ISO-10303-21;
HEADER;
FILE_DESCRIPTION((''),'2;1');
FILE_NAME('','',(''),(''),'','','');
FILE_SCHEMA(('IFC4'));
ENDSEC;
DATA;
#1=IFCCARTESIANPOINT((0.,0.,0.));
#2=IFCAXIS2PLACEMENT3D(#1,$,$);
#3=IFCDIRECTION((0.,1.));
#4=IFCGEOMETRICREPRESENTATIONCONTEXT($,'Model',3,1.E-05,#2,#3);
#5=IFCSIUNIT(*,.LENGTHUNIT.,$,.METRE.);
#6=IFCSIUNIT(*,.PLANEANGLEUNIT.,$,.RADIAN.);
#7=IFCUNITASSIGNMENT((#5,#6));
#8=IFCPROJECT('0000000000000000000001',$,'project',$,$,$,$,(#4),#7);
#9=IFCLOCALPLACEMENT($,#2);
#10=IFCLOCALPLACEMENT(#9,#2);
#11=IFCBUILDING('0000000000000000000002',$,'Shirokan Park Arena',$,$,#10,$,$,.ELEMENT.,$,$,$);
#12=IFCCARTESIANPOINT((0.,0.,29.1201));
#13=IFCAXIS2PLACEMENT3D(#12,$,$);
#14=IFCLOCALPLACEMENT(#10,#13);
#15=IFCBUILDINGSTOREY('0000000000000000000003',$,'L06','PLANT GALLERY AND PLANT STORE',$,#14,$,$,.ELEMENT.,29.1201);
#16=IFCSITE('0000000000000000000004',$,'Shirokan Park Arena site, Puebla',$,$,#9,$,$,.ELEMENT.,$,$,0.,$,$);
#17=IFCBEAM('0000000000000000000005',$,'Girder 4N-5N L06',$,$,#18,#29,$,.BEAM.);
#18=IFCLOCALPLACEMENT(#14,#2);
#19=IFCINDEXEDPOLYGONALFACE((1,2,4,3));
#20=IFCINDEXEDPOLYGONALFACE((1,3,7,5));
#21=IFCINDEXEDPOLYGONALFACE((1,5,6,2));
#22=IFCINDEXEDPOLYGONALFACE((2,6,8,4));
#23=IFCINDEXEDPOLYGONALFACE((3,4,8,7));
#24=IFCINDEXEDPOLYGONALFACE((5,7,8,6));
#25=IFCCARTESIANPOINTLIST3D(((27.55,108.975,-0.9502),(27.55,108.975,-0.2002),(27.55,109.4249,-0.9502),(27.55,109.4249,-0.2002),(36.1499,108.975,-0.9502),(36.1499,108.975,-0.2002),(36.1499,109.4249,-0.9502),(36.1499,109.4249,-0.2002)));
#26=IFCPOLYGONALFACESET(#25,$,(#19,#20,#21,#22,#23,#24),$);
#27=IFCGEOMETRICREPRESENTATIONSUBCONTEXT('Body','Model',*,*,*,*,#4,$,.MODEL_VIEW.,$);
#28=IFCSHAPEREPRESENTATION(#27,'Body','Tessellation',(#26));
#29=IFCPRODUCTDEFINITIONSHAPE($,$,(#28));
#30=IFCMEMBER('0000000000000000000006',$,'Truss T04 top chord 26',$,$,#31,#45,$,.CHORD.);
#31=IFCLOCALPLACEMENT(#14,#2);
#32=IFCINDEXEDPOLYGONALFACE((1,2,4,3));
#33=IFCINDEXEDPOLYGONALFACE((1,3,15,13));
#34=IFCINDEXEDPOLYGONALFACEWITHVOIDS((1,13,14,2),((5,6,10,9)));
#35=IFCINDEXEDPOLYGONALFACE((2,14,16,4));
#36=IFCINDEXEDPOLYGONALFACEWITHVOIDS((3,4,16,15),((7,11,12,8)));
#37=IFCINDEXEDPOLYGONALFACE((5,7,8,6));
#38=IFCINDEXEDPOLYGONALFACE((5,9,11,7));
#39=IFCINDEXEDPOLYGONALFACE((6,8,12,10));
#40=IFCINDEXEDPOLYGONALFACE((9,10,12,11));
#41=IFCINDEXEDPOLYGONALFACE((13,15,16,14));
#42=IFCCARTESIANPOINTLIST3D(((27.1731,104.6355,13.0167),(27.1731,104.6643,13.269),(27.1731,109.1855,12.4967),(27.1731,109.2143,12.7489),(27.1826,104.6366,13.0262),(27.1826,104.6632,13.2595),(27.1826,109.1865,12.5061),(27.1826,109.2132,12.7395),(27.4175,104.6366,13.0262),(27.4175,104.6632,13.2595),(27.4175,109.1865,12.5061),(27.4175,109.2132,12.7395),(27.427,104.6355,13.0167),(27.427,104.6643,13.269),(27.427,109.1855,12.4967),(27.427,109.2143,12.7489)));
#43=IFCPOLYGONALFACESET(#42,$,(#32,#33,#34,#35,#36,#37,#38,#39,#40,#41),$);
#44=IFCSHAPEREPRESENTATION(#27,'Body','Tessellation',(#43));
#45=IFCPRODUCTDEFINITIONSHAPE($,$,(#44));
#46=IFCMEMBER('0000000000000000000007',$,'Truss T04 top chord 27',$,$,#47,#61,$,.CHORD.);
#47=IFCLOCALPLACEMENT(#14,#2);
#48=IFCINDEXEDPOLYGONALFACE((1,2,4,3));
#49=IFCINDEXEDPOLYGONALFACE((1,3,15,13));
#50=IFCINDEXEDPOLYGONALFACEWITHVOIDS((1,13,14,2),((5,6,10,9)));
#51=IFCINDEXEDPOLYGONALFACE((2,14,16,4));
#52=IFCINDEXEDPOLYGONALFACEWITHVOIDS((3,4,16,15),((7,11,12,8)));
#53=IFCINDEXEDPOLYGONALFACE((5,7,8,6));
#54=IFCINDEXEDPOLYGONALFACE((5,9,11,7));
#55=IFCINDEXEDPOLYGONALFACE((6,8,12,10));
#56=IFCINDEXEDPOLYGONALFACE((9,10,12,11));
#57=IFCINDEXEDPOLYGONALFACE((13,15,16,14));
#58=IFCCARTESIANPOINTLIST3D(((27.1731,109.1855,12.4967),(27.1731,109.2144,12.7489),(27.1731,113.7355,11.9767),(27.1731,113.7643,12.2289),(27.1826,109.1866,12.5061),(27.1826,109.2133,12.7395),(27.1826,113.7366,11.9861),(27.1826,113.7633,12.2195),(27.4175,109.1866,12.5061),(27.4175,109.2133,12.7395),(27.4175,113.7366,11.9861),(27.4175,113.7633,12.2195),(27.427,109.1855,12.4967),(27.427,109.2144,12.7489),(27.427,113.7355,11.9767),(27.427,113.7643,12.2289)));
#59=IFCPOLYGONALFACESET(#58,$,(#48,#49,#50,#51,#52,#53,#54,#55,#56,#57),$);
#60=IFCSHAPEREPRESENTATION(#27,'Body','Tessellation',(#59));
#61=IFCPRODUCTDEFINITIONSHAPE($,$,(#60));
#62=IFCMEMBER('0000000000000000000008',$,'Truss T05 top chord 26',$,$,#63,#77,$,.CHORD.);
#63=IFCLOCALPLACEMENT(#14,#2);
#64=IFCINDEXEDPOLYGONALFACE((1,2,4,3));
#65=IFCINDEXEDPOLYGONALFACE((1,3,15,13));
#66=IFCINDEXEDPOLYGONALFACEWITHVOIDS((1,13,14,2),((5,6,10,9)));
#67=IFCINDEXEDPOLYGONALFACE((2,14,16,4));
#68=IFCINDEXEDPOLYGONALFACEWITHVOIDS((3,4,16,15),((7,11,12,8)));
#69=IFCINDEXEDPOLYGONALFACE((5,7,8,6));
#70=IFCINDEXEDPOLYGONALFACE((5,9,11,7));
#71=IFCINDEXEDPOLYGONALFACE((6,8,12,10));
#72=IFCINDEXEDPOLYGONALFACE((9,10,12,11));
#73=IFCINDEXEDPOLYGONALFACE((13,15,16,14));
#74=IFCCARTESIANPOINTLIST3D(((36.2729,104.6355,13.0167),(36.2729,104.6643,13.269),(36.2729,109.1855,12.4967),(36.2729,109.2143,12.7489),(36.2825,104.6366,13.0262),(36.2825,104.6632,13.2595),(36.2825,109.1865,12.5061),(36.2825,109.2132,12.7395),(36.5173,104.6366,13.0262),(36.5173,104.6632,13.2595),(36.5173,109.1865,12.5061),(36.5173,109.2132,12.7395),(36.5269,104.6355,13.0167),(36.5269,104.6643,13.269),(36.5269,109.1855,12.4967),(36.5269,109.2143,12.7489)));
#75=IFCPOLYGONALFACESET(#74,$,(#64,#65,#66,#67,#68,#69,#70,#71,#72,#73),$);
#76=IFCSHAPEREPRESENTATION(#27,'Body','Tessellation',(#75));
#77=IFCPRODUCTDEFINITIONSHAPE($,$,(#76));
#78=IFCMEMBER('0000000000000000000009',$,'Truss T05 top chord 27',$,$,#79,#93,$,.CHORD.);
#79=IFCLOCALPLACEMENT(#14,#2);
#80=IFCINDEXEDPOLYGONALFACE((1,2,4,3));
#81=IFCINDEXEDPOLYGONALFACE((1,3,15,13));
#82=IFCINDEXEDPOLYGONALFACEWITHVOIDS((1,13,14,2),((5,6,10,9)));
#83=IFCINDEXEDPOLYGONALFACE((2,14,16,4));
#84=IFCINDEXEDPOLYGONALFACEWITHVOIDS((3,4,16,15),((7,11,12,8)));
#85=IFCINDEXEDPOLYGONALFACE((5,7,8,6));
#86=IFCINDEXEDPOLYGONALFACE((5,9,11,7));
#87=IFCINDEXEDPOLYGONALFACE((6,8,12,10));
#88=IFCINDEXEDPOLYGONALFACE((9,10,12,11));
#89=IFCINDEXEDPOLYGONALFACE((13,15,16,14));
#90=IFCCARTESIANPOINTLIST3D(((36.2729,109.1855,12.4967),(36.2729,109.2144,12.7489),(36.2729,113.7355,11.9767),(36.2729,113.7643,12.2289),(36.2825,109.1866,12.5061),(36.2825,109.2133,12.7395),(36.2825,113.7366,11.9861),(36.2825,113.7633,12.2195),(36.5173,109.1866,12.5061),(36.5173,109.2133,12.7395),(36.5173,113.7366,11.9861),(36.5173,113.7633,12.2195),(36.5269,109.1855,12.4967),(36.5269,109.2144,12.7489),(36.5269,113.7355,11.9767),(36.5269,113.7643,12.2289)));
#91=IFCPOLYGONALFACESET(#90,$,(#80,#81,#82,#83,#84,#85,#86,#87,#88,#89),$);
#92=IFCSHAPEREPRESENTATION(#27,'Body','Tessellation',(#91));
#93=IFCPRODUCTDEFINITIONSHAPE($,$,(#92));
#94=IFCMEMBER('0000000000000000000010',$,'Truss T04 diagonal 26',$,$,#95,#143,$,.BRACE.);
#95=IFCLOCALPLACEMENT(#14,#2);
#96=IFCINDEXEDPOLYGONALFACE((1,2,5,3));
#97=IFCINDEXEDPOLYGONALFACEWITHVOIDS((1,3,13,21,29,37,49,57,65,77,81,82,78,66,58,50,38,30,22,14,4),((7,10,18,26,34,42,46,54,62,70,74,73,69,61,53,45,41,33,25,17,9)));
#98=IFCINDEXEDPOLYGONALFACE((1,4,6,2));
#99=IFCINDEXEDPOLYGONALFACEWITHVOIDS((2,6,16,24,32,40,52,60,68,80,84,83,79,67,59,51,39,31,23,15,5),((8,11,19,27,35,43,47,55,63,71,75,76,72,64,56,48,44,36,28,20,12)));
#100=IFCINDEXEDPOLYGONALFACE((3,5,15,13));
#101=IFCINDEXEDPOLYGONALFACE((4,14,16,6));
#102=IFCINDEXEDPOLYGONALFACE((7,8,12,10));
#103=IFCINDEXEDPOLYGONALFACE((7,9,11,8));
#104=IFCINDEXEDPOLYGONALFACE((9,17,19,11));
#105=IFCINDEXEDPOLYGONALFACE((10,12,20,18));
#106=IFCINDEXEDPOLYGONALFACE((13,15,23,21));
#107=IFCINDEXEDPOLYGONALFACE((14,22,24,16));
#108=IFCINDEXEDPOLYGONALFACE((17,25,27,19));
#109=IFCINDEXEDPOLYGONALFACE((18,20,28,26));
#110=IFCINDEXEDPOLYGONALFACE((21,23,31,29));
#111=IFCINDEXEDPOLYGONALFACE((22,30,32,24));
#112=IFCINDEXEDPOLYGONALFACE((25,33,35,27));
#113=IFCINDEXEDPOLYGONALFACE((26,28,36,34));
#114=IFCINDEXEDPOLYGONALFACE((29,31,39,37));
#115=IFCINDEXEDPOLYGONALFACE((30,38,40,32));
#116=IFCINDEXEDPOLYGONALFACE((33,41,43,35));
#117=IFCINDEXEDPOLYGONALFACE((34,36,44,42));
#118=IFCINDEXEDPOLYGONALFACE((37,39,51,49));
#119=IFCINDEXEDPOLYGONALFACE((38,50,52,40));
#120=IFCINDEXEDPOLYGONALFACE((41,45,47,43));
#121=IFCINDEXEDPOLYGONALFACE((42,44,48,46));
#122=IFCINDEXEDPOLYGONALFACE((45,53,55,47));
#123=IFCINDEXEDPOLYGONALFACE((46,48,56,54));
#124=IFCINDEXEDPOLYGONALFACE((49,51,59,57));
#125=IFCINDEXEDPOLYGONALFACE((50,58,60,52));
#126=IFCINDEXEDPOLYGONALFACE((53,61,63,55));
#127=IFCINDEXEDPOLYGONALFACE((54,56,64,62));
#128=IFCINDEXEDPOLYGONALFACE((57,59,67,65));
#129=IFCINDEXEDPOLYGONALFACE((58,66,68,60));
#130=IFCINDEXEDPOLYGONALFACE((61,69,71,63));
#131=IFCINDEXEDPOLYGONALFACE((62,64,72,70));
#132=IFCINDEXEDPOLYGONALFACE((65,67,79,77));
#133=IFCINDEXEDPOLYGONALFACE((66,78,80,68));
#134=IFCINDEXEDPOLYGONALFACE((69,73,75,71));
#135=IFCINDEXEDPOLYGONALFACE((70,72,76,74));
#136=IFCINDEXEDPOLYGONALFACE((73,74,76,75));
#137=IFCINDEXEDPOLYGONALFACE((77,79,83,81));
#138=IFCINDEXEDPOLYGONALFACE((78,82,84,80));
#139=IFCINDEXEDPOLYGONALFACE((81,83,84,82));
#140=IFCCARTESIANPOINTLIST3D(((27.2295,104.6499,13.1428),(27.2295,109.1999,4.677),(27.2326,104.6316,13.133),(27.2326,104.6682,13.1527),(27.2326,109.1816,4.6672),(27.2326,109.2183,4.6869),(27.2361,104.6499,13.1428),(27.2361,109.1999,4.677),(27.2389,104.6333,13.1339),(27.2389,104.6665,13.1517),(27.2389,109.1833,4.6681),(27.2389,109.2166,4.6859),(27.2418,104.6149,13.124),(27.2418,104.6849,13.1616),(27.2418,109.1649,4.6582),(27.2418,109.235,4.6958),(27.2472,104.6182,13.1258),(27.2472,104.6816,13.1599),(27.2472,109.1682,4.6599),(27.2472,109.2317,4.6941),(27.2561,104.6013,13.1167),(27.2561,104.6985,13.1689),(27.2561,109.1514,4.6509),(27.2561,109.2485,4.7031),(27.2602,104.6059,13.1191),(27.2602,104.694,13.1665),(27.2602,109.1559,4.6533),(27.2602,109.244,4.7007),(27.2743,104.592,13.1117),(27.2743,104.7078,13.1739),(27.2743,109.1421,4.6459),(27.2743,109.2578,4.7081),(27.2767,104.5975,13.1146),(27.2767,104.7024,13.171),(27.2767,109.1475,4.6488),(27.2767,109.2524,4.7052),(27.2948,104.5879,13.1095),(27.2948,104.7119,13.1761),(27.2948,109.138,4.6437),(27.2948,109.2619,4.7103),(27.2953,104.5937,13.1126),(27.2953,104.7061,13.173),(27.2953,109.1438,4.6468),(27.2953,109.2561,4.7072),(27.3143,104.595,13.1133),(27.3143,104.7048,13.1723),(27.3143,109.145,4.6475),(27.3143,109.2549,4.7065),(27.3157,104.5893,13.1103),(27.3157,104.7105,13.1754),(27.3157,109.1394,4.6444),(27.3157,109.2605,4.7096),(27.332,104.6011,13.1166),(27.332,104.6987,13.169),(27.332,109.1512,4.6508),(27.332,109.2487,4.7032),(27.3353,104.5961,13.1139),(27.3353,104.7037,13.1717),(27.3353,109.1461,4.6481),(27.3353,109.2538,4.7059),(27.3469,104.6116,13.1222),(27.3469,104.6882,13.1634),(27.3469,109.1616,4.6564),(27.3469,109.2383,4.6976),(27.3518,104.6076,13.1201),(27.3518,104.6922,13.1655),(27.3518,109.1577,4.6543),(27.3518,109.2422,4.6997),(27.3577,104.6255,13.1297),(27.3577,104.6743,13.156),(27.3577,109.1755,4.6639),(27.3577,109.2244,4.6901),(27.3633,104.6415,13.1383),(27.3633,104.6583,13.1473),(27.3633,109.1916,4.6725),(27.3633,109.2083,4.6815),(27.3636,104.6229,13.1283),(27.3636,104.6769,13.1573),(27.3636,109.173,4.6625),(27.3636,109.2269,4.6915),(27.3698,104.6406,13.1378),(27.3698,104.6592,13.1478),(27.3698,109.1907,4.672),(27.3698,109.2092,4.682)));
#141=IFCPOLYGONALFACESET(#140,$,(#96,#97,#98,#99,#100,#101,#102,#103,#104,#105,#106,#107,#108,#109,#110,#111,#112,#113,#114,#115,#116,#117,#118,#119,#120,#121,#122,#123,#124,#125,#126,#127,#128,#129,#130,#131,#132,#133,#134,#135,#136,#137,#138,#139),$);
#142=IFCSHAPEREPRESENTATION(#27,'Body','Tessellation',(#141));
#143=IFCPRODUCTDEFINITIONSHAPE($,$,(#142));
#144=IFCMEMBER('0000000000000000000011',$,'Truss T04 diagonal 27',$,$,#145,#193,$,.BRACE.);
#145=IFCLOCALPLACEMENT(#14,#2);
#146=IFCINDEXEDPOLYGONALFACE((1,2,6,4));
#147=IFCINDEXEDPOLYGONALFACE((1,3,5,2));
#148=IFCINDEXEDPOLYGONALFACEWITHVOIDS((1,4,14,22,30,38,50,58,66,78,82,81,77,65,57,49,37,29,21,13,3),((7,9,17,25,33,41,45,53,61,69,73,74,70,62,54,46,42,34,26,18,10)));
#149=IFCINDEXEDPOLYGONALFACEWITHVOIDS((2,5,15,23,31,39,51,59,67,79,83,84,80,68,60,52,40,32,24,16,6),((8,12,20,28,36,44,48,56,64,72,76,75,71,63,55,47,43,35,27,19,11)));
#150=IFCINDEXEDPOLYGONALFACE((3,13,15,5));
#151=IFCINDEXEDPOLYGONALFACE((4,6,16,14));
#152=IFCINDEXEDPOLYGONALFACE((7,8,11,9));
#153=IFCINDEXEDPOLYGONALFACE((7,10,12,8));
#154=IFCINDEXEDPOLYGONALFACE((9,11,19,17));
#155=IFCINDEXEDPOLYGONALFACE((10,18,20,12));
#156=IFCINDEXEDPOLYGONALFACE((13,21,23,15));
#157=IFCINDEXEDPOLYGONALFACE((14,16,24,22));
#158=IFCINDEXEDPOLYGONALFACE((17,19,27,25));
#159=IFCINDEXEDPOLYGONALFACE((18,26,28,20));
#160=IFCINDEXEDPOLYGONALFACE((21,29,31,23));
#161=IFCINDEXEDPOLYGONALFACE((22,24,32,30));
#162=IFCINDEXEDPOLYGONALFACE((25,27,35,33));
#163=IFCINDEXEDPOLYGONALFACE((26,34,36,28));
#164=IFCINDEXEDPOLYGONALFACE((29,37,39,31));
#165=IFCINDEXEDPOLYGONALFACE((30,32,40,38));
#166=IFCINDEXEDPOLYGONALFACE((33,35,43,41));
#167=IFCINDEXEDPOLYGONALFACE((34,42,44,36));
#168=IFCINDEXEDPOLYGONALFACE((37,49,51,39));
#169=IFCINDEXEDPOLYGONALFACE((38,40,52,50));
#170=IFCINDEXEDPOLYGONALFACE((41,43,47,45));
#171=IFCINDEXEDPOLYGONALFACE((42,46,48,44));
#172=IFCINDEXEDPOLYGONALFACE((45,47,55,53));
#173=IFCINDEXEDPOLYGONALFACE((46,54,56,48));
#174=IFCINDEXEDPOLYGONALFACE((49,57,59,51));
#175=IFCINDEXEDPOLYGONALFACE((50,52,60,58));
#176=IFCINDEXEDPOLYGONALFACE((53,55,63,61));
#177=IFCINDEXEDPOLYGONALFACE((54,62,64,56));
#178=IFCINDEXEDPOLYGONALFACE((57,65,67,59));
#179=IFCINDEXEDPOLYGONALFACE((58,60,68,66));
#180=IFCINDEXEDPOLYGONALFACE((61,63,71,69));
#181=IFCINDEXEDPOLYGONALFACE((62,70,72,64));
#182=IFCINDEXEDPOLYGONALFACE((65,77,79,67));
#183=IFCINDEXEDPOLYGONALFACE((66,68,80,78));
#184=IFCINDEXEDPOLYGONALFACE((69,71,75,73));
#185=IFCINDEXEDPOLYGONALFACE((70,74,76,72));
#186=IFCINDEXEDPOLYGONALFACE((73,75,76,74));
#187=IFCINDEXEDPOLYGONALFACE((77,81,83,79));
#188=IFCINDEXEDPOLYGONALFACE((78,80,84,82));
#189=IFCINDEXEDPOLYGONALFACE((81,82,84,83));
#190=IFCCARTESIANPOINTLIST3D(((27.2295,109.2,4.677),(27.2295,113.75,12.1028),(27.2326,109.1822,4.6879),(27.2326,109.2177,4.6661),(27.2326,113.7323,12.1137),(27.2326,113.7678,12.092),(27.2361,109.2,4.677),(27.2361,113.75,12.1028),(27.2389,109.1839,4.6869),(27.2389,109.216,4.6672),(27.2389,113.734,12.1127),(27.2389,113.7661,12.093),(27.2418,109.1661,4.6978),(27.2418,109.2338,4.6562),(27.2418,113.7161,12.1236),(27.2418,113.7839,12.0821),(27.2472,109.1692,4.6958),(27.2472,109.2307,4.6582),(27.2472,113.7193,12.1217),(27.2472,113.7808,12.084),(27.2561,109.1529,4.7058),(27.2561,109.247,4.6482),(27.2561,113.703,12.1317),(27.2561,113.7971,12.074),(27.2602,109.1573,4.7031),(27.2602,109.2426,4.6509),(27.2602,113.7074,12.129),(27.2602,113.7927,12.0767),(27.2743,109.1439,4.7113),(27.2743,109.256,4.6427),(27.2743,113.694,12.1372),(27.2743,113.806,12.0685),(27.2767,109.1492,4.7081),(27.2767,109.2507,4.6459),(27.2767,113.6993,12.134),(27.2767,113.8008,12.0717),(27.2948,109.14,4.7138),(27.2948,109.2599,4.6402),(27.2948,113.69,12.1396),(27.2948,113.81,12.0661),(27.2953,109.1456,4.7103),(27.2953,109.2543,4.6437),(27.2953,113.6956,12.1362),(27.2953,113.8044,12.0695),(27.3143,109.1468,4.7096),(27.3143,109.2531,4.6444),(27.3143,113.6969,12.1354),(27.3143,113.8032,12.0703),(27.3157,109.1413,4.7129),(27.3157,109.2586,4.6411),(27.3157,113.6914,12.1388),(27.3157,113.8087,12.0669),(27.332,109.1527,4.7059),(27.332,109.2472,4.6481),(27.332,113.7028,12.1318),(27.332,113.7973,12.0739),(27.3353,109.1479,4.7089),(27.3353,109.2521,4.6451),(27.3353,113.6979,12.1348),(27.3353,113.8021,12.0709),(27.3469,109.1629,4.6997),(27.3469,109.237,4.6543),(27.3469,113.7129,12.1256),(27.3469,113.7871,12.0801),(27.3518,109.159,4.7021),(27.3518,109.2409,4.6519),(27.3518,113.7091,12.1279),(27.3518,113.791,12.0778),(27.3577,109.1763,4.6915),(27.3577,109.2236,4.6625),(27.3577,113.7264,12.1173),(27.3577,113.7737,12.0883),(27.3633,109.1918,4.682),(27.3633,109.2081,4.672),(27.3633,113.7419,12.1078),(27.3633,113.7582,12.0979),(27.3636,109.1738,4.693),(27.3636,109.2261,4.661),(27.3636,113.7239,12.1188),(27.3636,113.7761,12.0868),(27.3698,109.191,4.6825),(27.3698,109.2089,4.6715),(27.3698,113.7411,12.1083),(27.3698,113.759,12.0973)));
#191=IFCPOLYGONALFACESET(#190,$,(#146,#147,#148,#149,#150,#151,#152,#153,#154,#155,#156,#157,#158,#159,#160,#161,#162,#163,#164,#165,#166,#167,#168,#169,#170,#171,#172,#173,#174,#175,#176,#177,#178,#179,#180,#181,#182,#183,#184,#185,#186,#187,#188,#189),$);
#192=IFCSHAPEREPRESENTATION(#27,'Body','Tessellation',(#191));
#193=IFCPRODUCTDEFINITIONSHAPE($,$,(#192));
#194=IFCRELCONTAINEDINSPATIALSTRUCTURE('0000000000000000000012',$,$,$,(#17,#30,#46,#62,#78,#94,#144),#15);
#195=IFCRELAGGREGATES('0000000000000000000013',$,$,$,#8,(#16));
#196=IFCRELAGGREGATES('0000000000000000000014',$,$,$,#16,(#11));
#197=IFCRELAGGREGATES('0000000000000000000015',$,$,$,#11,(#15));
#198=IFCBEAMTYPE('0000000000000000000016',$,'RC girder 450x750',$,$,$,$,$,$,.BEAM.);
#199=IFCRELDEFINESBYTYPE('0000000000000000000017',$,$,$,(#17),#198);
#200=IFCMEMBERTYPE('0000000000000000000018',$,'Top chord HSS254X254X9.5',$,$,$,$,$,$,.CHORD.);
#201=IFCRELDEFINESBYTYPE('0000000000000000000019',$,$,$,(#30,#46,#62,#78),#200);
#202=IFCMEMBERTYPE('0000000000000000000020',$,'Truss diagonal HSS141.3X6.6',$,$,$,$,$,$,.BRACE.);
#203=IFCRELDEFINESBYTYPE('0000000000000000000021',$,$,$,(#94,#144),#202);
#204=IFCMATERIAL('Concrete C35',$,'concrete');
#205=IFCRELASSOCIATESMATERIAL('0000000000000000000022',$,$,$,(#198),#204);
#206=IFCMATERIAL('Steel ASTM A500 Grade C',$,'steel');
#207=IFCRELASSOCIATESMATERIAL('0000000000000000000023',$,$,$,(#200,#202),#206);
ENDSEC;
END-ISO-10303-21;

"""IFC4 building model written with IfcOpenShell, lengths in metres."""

from ifc_helpers import new_model, si_unit, direction, frame, origin, origin_2d, place, context, subcontext, project, spatial, rectangle, hollow_rectangle, hollow_circle, extrude, material, material_profile, profile_set, type_object, element, save


model = new_model("IFC4")

# Units and contexts
model_context = context("Model", 3, precision=1e-05, world=origin(), true_north=direction((0.0, 1.0)))
body_context = subcontext(model_context, "Body", "Model", "MODEL_VIEW")
ifc_project = project(units=[si_unit("LENGTHUNIT", "METRE"), si_unit("PLANEANGLEUNIT", "RADIAN")], contexts=[model_context])

# Site, building, storey
site_placement = place(None, origin())
site = spatial("IfcSite", under=ifc_project, at=site_placement, Name="Shirokan Park Arena site, Puebla", CompositionType="ELEMENT", RefElevation=0.0)
building_placement = place(site_placement, origin())
building = spatial("IfcBuilding", under=site, at=building_placement, Name="Shirokan Park Arena", CompositionType="ELEMENT")
storey_placement = place(building_placement, frame((0.0, 0.0, 29.1201)))
storey = spatial("IfcBuildingStorey", under=building, at=storey_placement, Name="L06", Description="PLANT GALLERY AND PLANT STORE", CompositionType="ELEMENT", Elevation=29.1201)

# Shared definitions
ifc_material_1 = material(Name="Steel ASTM A500 Grade C", Category="steel")

# Beam
ifc_material_2 = material(Name="Concrete C35", Category="concrete")
ifc_material_profile_1 = material_profile(ifc_material_2, rectangle(XDim=0.45, YDim=0.75, at=origin_2d()), Name="450x750")
ifc_profile_set_1 = profile_set([ifc_material_profile_1], Name="Concrete C35")
beam_type_1 = type_object("IfcBeamType", Name="RC girder 450x750", PredefinedType="BEAM", material=ifc_profile_set_1)
beam_1_placement = place(storey_placement, frame((27.55, 109.2, -0.5752), z_axis=(1.0, 0.0, 0.0), x_axis=(0.0, 1.0, 0.0)))
element("IfcBeam", 1, at=beam_1_placement, inside=storey, type_object=beam_type_1, Name="Girder 4N-5N L06", PredefinedType="BEAM", context=body_context, shape_type="SweptSolid", body=[
    extrude(rectangle(XDim=0.45, YDim=0.75, at=origin_2d()), origin(), (0.0, 0.0, 1.0), 8.5999),
])

# Members
ifc_material_profile_2 = material_profile(ifc_material_1, hollow_rectangle(XDim=0.2539, YDim=0.2539, WallThickness=0.0095, at=origin_2d()), Name="HSS254X254X9.5")
ifc_profile_set_2 = profile_set([ifc_material_profile_2], Name="Steel ASTM A500 Grade C")
member_type_1 = type_object("IfcMemberType", Name="Top chord HSS254X254X9.5", PredefinedType="CHORD", material=ifc_profile_set_2)
for number, where, z_axis, x_axis, name in (
    (2, (27.3, 104.6499, 13.1428), (0.0, 0.993532, -0.11355), (-1.0, 0.0, 0.0), "Truss T04 top chord 26"),
    (3, (27.3, 109.2, 12.6228), (0.0, 0.993532, -0.11355), (-1.0, 0.0, 0.0), "Truss T04 top chord 27"),
    (4, (36.3999, 104.6499, 13.1428), (0.0, 0.993532, -0.11355), (-1.0, 0.0, 0.0), "Truss T05 top chord 26"),
    (5, (36.3999, 109.2, 12.6228), (0.0, 0.993532, -0.11355), (-1.0, 0.0, 0.0), "Truss T05 top chord 27"),
):
    element("IfcMember", number, at=place(storey_placement, frame(where, z_axis=z_axis, x_axis=x_axis)), inside=storey, type_object=member_type_1, Name=name, PredefinedType="CHORD", context=body_context, shape_type="SweptSolid", body=[
        extrude(hollow_rectangle(XDim=0.2539, YDim=0.2539, WallThickness=0.0095, at=origin_2d()), origin(), (0.0, 0.0, 1.0), 4.5796),
    ])
ifc_material_profile_3 = material_profile(ifc_material_1, hollow_circle(Radius=0.0706, WallThickness=0.0066, at=origin_2d()), Name="HSS141.3X6.6")
ifc_profile_set_3 = profile_set([ifc_material_profile_3], Name="Steel ASTM A500 Grade C")
member_type_2 = type_object("IfcMemberType", Name="Truss diagonal HSS141.3X6.6", PredefinedType="BRACE", material=ifc_profile_set_3)
member_1_placement = place(storey_placement, frame((27.3, 104.6499, 13.1428), z_axis=(0.0, 0.473417, -0.880839), x_axis=(-1.0, 0.0, 0.0)))
element("IfcMember", 6, at=member_1_placement, inside=storey, type_object=member_type_2, Name="Truss T04 diagonal 26", PredefinedType="BRACE", context=body_context, shape_type="SweptSolid", body=[
    extrude(hollow_circle(Radius=0.0706, WallThickness=0.0066, at=origin_2d()), origin(), (0.0, 0.0, 1.0), 9.6111),
])
member_2_placement = place(storey_placement, frame((27.3, 109.2, 4.677), z_axis=(0.0, 0.522459, 0.852665), x_axis=(-1.0, 0.0, 0.0)))
element("IfcMember", 7, at=member_2_placement, inside=storey, type_object=member_type_2, Name="Truss T04 diagonal 27", PredefinedType="BRACE", context=body_context, shape_type="SweptSolid", body=[
    extrude(hollow_circle(Radius=0.0706, WallThickness=0.0066, at=origin_2d()), origin(), (0.0, 0.0, 1.0), 8.709),
])

save(model, "model.ifc")
